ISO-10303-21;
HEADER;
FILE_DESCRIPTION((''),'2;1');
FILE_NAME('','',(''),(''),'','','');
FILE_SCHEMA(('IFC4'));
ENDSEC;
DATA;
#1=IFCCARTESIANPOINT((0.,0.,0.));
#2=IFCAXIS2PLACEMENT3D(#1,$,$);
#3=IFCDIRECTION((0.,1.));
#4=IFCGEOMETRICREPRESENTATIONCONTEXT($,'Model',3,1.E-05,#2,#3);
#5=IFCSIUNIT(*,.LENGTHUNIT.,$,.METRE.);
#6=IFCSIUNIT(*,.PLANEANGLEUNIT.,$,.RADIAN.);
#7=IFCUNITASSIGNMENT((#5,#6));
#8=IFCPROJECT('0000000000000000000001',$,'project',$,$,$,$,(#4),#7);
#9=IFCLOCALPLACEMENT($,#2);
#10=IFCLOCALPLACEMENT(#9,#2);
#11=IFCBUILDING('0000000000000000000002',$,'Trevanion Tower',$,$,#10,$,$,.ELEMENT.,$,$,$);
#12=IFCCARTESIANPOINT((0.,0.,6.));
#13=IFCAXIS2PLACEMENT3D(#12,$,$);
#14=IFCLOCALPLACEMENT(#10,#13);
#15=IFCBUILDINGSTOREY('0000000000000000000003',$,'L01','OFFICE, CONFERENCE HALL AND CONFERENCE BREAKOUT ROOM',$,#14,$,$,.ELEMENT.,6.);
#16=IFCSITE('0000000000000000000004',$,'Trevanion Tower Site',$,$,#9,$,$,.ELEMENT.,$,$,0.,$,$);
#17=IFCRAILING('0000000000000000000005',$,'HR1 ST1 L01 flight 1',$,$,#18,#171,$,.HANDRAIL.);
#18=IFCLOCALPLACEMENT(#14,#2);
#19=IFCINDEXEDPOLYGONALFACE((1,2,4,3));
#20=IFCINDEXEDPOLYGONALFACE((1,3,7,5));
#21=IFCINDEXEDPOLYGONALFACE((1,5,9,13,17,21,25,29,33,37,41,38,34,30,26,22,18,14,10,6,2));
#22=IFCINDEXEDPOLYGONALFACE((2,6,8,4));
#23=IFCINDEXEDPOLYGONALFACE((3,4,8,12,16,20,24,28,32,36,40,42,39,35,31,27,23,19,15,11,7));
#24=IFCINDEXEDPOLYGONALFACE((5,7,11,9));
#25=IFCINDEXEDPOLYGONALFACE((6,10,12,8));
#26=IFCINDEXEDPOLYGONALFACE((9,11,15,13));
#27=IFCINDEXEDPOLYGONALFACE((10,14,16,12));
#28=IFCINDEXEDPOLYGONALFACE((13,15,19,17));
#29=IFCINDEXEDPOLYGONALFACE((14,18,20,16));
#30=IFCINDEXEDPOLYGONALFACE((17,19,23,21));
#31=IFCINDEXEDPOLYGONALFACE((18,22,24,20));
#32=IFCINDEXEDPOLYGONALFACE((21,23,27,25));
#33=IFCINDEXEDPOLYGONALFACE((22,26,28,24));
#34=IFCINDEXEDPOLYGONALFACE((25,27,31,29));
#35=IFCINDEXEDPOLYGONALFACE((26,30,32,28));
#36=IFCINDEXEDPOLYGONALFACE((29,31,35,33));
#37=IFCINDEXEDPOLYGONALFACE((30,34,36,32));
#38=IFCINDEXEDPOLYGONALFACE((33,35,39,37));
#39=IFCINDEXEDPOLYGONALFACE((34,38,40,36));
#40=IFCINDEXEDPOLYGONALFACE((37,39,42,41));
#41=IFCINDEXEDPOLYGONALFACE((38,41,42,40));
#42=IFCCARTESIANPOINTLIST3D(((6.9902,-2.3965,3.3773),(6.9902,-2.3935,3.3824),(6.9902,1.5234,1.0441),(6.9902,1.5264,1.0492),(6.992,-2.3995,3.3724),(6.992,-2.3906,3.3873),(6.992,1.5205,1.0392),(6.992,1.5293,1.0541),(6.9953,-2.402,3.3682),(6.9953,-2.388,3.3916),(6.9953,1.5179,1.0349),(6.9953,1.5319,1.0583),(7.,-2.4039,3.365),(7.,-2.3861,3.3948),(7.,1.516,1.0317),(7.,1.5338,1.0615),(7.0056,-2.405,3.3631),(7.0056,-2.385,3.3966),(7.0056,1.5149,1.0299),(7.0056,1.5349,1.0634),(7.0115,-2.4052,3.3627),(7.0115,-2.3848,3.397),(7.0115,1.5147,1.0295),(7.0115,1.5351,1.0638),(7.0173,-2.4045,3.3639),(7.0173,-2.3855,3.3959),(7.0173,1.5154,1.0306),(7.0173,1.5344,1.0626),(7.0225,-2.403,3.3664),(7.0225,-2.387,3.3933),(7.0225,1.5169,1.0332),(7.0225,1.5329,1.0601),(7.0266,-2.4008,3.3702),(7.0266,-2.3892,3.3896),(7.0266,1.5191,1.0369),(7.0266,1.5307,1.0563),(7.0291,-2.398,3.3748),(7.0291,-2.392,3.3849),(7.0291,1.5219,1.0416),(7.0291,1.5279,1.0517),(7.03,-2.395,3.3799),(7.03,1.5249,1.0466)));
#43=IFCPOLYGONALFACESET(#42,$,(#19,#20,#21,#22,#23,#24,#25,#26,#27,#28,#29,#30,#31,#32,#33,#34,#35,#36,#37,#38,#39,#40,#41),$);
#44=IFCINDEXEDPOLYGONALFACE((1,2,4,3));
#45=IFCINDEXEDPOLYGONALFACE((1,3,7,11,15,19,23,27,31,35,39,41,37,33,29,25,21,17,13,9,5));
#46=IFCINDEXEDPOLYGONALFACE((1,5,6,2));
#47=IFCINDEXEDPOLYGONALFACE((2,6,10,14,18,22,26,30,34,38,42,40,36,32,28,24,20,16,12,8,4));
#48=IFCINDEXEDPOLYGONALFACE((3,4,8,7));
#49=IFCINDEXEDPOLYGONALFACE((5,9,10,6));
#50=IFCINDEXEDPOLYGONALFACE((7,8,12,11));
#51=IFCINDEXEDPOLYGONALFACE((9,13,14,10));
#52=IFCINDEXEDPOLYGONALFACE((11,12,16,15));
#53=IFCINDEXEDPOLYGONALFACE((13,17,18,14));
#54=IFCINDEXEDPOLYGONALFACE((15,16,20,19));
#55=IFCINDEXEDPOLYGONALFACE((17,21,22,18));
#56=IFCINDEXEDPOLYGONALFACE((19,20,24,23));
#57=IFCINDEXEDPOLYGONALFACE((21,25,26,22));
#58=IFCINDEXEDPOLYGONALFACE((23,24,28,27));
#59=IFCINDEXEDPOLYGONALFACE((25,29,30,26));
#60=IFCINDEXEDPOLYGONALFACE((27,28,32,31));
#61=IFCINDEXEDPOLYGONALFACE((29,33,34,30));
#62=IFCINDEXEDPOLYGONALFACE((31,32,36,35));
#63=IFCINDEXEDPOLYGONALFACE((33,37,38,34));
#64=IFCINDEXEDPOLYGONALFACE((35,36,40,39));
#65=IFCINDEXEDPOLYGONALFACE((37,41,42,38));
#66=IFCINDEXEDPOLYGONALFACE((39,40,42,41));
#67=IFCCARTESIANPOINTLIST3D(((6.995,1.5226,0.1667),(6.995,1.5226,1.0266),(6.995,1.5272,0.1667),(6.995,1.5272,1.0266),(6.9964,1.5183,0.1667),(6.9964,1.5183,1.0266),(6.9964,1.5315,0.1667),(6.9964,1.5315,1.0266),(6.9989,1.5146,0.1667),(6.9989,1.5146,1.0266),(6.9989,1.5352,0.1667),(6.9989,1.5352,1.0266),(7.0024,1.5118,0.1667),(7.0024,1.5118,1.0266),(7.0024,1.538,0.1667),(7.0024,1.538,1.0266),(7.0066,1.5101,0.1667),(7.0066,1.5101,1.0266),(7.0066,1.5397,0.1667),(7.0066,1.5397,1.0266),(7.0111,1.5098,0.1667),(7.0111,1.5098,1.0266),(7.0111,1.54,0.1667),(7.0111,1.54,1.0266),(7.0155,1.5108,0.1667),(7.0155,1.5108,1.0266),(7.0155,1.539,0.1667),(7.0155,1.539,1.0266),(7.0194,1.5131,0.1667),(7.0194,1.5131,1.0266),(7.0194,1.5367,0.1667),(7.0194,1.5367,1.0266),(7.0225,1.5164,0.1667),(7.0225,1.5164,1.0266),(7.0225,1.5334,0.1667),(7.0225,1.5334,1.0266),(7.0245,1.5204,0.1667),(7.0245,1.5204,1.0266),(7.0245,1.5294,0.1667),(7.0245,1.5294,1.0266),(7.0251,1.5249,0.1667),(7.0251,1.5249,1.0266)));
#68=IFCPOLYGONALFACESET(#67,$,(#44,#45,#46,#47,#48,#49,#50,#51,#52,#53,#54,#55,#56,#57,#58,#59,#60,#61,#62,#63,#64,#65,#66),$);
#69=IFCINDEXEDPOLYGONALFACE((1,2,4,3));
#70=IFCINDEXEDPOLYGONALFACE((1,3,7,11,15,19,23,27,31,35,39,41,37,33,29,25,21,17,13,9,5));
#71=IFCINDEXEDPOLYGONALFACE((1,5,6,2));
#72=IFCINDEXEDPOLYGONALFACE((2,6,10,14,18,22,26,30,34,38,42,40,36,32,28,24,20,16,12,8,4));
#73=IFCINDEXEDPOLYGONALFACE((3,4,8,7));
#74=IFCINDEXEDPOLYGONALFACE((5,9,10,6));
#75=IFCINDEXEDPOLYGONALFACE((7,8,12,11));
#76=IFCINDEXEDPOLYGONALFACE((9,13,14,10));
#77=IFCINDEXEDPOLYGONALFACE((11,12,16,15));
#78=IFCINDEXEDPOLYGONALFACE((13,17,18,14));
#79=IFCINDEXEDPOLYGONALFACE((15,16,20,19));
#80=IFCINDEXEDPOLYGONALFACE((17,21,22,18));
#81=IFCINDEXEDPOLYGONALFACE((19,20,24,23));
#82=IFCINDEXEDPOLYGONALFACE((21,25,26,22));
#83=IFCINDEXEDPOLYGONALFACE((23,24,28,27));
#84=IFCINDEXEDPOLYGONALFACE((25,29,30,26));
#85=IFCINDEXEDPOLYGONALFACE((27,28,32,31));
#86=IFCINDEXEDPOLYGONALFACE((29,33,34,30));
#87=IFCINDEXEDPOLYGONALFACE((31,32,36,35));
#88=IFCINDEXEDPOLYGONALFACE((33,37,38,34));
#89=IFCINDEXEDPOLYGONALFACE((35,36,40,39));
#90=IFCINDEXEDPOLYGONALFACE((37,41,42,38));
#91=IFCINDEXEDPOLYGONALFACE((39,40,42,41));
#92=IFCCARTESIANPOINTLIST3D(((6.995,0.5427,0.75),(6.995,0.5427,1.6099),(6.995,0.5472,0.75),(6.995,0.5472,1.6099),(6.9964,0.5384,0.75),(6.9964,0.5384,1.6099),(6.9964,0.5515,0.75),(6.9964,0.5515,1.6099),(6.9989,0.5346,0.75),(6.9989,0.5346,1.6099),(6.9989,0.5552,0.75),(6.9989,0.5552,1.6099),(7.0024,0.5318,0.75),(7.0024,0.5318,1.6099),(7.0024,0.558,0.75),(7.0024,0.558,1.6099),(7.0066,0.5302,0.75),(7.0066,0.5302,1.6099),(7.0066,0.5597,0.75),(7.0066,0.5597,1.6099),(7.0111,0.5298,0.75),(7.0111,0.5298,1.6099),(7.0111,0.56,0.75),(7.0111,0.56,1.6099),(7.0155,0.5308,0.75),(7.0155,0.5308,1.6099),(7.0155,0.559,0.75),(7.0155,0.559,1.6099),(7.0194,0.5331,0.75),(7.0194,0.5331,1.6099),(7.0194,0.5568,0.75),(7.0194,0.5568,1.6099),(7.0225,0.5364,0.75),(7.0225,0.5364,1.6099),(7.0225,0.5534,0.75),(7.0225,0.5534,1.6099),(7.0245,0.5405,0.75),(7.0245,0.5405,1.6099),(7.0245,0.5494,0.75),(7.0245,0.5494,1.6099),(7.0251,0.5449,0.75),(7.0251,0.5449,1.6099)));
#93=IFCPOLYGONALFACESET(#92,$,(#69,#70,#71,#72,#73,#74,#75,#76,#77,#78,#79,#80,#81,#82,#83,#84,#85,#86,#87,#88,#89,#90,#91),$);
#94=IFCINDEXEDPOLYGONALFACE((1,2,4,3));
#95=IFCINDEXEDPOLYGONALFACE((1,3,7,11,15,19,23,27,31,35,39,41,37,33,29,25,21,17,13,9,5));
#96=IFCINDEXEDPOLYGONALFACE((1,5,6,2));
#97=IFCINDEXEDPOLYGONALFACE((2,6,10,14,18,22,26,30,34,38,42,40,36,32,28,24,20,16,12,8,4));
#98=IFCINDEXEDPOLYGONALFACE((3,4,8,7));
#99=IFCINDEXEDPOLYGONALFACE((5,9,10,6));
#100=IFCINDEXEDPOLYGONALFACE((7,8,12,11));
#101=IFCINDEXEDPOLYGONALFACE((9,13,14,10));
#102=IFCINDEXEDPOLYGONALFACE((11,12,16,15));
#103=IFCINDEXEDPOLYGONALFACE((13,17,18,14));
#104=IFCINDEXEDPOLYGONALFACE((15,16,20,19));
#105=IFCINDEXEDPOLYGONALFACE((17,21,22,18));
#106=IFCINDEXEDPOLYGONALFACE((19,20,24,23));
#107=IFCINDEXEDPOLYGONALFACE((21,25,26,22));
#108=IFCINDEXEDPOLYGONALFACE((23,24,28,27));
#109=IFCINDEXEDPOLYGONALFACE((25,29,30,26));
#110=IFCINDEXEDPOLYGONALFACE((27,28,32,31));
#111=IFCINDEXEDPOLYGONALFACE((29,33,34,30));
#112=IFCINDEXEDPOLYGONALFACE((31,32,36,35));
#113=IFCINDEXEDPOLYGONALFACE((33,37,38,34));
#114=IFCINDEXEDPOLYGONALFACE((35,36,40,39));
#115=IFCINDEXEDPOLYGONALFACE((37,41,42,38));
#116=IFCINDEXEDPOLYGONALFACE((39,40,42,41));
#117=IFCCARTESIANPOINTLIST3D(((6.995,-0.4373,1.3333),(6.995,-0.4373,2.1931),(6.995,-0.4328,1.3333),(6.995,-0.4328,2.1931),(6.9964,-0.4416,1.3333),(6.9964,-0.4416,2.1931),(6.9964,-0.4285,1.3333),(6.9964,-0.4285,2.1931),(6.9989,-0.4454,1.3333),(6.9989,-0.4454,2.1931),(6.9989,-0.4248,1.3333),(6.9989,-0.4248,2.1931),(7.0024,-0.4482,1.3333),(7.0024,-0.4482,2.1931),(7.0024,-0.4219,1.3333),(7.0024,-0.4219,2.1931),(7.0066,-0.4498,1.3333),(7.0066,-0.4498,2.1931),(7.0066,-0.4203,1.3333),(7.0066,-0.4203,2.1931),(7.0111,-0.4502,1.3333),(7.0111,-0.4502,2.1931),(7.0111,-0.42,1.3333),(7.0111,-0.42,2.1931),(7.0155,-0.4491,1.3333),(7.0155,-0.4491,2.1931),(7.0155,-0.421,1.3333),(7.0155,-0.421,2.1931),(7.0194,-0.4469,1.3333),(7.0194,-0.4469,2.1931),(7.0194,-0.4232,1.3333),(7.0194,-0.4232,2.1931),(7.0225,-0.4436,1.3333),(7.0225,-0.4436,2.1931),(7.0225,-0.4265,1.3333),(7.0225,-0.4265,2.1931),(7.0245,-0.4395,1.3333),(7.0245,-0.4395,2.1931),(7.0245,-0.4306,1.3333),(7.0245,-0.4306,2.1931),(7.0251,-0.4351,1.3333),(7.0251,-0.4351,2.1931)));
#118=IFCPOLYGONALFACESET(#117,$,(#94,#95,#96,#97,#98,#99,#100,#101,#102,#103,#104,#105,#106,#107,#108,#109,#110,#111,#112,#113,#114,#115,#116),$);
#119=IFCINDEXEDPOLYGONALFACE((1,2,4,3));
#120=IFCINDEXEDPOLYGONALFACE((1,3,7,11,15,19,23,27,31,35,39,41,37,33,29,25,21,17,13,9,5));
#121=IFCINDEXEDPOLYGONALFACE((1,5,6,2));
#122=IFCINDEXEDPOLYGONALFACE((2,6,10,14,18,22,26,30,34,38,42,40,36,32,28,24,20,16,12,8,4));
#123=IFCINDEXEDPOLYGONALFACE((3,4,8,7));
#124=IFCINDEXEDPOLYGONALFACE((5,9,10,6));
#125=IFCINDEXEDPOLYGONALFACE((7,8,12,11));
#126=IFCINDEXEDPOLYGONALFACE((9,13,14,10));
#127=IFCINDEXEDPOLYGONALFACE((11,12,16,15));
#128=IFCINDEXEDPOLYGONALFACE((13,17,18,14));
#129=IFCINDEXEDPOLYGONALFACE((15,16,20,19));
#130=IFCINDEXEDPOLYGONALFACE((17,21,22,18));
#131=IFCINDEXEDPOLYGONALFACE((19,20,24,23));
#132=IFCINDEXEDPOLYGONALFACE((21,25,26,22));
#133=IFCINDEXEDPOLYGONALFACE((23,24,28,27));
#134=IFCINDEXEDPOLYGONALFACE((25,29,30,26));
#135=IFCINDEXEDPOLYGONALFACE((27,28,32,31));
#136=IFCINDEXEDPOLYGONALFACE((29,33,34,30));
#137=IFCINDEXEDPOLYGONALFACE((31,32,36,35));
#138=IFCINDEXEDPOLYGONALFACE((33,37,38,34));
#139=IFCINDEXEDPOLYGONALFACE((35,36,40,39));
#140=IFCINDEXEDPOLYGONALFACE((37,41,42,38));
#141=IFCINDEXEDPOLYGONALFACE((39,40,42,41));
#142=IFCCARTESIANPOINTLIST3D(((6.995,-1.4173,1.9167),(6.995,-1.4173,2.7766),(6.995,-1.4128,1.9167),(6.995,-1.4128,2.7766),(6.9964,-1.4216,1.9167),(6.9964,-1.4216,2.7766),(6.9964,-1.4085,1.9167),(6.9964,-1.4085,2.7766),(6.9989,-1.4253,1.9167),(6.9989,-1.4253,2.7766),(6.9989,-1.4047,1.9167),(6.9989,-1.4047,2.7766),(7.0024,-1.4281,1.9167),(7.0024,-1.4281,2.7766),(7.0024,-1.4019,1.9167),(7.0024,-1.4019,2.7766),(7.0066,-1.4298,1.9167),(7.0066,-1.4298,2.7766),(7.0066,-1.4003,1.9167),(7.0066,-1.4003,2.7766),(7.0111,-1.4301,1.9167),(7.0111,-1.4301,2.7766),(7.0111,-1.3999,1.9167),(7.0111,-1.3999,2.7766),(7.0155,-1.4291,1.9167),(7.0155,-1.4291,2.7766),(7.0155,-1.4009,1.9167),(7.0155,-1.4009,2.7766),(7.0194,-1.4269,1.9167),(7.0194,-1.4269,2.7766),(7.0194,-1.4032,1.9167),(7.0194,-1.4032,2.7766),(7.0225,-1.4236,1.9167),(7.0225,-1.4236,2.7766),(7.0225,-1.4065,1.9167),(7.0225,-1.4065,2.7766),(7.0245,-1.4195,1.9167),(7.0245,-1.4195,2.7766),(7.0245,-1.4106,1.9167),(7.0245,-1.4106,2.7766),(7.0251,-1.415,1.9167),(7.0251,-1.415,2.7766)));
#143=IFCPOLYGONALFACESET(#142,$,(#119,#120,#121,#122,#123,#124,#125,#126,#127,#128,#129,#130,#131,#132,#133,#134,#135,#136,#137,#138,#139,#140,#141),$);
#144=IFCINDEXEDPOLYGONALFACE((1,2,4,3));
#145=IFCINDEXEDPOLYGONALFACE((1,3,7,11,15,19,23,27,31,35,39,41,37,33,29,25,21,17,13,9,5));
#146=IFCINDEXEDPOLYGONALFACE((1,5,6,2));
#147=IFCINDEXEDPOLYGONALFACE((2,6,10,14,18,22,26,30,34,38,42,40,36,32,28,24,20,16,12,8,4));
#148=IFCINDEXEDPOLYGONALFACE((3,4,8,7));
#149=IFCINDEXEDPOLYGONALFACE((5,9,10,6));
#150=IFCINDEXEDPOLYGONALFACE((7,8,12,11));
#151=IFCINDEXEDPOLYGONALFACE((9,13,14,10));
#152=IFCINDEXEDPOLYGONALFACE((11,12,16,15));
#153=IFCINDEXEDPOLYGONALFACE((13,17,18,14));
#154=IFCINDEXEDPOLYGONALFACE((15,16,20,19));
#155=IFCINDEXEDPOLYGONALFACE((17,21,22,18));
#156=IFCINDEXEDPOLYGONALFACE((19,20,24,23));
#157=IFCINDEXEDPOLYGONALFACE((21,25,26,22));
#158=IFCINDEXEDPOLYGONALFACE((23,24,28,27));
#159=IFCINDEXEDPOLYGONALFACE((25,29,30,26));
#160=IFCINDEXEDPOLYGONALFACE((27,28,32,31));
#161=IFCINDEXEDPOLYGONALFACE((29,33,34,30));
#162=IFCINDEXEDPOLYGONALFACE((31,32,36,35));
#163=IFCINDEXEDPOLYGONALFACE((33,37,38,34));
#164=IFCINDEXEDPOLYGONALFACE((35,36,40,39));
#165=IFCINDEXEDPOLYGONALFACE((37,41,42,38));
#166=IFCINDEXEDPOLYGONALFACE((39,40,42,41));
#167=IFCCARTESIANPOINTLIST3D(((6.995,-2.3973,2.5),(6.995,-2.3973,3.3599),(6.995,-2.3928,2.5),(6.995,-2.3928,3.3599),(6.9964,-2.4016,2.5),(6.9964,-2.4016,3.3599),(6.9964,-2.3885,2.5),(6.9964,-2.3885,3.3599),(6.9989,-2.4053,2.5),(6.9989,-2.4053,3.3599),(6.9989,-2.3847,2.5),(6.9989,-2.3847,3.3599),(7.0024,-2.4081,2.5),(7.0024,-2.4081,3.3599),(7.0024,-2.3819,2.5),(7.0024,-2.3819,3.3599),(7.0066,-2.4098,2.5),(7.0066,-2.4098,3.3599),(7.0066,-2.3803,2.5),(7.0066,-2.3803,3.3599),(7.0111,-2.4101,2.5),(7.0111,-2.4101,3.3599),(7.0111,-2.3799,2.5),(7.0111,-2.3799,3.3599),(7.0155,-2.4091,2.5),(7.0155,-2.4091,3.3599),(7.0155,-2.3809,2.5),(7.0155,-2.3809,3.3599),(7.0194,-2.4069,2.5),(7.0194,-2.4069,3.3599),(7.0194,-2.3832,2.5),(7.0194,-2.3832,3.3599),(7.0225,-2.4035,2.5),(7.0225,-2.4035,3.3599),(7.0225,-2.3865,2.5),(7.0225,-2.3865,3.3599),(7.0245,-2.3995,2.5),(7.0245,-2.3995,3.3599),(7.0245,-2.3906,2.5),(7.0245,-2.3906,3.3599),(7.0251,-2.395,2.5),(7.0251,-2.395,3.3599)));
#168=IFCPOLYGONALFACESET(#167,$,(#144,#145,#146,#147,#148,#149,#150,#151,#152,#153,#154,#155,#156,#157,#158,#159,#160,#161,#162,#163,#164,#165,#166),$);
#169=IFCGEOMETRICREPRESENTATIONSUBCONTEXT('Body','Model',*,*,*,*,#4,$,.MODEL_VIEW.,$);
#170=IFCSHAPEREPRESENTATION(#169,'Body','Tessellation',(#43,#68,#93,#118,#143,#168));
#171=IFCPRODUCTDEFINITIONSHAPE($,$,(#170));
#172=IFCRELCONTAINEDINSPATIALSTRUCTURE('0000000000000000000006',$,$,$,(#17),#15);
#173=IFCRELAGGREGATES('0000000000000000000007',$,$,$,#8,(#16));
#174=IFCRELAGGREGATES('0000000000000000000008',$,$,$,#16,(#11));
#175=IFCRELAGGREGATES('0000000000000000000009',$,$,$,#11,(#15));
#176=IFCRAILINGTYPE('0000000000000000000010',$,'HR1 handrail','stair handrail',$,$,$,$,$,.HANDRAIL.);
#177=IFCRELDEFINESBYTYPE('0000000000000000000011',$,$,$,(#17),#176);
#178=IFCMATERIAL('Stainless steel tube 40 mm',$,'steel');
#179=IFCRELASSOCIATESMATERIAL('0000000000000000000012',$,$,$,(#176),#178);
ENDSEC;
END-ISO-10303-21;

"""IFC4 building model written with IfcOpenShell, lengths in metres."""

from ifc_helpers import new_model, si_unit, direction, frame, origin, origin_2d, place, context, subcontext, project, spatial, circle, extrude, material, type_object, element, save


model = new_model("IFC4")

# Units and contexts
model_context = context("Model", 3, precision=1e-05, world=origin(), true_north=direction((0.0, 1.0)))
body_context = subcontext(model_context, "Body", "Model", "MODEL_VIEW")
ifc_project = project(units=[si_unit("LENGTHUNIT", "METRE"), si_unit("PLANEANGLEUNIT", "RADIAN")], contexts=[model_context])

# Site, building, storey
site_placement = place(None, origin())
site = spatial("IfcSite", under=ifc_project, at=site_placement, Name="Trevanion Tower Site", CompositionType="ELEMENT", RefElevation=0.0)
building_placement = place(site_placement, origin())
building = spatial("IfcBuilding", under=site, at=building_placement, Name="Trevanion Tower", CompositionType="ELEMENT")
storey_placement = place(building_placement, frame((0.0, 0.0, 6.0)))
storey = spatial("IfcBuildingStorey", under=building, at=storey_placement, Name="L01", Description="OFFICE, CONFERENCE HALL AND CONFERENCE BREAKOUT ROOM", CompositionType="ELEMENT", Elevation=6.0)

# Railing
ifc_material_1 = material(Name="Stainless steel tube 40 mm", Category="steel")
railing_type_1 = type_object("IfcRailingType", Name="HR1 handrail", Description="stair handrail", PredefinedType="HANDRAIL", material=ifc_material_1)
for number, where, name in (
    (1, (7.01, 1.5249, 0.1667), "HR1 ST1 L01 flight 1"),
):
    element("IfcRailing", number, at=place(storey_placement, frame(where)), inside=storey, type_object=railing_type_1, Name=name, PredefinedType="HANDRAIL", context=body_context, shape_type="SweptSolid", body=[
        extrude(circle(Radius=0.02, at=origin_2d()), frame((0.0, 0.0, 0.8799), z_axis=(0.0, -0.859296, 0.511478), x_axis=(1.0, 0.0, 0.0)), (0.0, 0.0, 1.0), 4.5618),
        extrude(circle(Radius=0.0151, at=origin_2d()), origin(), (0.0, 0.0, 1.0), 0.8599),
        extrude(circle(Radius=0.0151, at=origin_2d()), frame((0.0, -0.98, 0.5833)), (0.0, 0.0, 1.0), 0.8599),
        extrude(circle(Radius=0.0151, at=origin_2d()), frame((0.0, -1.96, 1.1665)), (0.0, 0.0, 1.0), 0.8599),
        extrude(circle(Radius=0.0151, at=origin_2d()), frame((0.0, -2.9399, 1.75)), (0.0, 0.0, 1.0), 0.8599),
        extrude(circle(Radius=0.0151, at=origin_2d()), frame((0.0, -3.9199, 2.3333)), (0.0, 0.0, 1.0), 0.8599),
    ])

save(model, "model.ifc")
